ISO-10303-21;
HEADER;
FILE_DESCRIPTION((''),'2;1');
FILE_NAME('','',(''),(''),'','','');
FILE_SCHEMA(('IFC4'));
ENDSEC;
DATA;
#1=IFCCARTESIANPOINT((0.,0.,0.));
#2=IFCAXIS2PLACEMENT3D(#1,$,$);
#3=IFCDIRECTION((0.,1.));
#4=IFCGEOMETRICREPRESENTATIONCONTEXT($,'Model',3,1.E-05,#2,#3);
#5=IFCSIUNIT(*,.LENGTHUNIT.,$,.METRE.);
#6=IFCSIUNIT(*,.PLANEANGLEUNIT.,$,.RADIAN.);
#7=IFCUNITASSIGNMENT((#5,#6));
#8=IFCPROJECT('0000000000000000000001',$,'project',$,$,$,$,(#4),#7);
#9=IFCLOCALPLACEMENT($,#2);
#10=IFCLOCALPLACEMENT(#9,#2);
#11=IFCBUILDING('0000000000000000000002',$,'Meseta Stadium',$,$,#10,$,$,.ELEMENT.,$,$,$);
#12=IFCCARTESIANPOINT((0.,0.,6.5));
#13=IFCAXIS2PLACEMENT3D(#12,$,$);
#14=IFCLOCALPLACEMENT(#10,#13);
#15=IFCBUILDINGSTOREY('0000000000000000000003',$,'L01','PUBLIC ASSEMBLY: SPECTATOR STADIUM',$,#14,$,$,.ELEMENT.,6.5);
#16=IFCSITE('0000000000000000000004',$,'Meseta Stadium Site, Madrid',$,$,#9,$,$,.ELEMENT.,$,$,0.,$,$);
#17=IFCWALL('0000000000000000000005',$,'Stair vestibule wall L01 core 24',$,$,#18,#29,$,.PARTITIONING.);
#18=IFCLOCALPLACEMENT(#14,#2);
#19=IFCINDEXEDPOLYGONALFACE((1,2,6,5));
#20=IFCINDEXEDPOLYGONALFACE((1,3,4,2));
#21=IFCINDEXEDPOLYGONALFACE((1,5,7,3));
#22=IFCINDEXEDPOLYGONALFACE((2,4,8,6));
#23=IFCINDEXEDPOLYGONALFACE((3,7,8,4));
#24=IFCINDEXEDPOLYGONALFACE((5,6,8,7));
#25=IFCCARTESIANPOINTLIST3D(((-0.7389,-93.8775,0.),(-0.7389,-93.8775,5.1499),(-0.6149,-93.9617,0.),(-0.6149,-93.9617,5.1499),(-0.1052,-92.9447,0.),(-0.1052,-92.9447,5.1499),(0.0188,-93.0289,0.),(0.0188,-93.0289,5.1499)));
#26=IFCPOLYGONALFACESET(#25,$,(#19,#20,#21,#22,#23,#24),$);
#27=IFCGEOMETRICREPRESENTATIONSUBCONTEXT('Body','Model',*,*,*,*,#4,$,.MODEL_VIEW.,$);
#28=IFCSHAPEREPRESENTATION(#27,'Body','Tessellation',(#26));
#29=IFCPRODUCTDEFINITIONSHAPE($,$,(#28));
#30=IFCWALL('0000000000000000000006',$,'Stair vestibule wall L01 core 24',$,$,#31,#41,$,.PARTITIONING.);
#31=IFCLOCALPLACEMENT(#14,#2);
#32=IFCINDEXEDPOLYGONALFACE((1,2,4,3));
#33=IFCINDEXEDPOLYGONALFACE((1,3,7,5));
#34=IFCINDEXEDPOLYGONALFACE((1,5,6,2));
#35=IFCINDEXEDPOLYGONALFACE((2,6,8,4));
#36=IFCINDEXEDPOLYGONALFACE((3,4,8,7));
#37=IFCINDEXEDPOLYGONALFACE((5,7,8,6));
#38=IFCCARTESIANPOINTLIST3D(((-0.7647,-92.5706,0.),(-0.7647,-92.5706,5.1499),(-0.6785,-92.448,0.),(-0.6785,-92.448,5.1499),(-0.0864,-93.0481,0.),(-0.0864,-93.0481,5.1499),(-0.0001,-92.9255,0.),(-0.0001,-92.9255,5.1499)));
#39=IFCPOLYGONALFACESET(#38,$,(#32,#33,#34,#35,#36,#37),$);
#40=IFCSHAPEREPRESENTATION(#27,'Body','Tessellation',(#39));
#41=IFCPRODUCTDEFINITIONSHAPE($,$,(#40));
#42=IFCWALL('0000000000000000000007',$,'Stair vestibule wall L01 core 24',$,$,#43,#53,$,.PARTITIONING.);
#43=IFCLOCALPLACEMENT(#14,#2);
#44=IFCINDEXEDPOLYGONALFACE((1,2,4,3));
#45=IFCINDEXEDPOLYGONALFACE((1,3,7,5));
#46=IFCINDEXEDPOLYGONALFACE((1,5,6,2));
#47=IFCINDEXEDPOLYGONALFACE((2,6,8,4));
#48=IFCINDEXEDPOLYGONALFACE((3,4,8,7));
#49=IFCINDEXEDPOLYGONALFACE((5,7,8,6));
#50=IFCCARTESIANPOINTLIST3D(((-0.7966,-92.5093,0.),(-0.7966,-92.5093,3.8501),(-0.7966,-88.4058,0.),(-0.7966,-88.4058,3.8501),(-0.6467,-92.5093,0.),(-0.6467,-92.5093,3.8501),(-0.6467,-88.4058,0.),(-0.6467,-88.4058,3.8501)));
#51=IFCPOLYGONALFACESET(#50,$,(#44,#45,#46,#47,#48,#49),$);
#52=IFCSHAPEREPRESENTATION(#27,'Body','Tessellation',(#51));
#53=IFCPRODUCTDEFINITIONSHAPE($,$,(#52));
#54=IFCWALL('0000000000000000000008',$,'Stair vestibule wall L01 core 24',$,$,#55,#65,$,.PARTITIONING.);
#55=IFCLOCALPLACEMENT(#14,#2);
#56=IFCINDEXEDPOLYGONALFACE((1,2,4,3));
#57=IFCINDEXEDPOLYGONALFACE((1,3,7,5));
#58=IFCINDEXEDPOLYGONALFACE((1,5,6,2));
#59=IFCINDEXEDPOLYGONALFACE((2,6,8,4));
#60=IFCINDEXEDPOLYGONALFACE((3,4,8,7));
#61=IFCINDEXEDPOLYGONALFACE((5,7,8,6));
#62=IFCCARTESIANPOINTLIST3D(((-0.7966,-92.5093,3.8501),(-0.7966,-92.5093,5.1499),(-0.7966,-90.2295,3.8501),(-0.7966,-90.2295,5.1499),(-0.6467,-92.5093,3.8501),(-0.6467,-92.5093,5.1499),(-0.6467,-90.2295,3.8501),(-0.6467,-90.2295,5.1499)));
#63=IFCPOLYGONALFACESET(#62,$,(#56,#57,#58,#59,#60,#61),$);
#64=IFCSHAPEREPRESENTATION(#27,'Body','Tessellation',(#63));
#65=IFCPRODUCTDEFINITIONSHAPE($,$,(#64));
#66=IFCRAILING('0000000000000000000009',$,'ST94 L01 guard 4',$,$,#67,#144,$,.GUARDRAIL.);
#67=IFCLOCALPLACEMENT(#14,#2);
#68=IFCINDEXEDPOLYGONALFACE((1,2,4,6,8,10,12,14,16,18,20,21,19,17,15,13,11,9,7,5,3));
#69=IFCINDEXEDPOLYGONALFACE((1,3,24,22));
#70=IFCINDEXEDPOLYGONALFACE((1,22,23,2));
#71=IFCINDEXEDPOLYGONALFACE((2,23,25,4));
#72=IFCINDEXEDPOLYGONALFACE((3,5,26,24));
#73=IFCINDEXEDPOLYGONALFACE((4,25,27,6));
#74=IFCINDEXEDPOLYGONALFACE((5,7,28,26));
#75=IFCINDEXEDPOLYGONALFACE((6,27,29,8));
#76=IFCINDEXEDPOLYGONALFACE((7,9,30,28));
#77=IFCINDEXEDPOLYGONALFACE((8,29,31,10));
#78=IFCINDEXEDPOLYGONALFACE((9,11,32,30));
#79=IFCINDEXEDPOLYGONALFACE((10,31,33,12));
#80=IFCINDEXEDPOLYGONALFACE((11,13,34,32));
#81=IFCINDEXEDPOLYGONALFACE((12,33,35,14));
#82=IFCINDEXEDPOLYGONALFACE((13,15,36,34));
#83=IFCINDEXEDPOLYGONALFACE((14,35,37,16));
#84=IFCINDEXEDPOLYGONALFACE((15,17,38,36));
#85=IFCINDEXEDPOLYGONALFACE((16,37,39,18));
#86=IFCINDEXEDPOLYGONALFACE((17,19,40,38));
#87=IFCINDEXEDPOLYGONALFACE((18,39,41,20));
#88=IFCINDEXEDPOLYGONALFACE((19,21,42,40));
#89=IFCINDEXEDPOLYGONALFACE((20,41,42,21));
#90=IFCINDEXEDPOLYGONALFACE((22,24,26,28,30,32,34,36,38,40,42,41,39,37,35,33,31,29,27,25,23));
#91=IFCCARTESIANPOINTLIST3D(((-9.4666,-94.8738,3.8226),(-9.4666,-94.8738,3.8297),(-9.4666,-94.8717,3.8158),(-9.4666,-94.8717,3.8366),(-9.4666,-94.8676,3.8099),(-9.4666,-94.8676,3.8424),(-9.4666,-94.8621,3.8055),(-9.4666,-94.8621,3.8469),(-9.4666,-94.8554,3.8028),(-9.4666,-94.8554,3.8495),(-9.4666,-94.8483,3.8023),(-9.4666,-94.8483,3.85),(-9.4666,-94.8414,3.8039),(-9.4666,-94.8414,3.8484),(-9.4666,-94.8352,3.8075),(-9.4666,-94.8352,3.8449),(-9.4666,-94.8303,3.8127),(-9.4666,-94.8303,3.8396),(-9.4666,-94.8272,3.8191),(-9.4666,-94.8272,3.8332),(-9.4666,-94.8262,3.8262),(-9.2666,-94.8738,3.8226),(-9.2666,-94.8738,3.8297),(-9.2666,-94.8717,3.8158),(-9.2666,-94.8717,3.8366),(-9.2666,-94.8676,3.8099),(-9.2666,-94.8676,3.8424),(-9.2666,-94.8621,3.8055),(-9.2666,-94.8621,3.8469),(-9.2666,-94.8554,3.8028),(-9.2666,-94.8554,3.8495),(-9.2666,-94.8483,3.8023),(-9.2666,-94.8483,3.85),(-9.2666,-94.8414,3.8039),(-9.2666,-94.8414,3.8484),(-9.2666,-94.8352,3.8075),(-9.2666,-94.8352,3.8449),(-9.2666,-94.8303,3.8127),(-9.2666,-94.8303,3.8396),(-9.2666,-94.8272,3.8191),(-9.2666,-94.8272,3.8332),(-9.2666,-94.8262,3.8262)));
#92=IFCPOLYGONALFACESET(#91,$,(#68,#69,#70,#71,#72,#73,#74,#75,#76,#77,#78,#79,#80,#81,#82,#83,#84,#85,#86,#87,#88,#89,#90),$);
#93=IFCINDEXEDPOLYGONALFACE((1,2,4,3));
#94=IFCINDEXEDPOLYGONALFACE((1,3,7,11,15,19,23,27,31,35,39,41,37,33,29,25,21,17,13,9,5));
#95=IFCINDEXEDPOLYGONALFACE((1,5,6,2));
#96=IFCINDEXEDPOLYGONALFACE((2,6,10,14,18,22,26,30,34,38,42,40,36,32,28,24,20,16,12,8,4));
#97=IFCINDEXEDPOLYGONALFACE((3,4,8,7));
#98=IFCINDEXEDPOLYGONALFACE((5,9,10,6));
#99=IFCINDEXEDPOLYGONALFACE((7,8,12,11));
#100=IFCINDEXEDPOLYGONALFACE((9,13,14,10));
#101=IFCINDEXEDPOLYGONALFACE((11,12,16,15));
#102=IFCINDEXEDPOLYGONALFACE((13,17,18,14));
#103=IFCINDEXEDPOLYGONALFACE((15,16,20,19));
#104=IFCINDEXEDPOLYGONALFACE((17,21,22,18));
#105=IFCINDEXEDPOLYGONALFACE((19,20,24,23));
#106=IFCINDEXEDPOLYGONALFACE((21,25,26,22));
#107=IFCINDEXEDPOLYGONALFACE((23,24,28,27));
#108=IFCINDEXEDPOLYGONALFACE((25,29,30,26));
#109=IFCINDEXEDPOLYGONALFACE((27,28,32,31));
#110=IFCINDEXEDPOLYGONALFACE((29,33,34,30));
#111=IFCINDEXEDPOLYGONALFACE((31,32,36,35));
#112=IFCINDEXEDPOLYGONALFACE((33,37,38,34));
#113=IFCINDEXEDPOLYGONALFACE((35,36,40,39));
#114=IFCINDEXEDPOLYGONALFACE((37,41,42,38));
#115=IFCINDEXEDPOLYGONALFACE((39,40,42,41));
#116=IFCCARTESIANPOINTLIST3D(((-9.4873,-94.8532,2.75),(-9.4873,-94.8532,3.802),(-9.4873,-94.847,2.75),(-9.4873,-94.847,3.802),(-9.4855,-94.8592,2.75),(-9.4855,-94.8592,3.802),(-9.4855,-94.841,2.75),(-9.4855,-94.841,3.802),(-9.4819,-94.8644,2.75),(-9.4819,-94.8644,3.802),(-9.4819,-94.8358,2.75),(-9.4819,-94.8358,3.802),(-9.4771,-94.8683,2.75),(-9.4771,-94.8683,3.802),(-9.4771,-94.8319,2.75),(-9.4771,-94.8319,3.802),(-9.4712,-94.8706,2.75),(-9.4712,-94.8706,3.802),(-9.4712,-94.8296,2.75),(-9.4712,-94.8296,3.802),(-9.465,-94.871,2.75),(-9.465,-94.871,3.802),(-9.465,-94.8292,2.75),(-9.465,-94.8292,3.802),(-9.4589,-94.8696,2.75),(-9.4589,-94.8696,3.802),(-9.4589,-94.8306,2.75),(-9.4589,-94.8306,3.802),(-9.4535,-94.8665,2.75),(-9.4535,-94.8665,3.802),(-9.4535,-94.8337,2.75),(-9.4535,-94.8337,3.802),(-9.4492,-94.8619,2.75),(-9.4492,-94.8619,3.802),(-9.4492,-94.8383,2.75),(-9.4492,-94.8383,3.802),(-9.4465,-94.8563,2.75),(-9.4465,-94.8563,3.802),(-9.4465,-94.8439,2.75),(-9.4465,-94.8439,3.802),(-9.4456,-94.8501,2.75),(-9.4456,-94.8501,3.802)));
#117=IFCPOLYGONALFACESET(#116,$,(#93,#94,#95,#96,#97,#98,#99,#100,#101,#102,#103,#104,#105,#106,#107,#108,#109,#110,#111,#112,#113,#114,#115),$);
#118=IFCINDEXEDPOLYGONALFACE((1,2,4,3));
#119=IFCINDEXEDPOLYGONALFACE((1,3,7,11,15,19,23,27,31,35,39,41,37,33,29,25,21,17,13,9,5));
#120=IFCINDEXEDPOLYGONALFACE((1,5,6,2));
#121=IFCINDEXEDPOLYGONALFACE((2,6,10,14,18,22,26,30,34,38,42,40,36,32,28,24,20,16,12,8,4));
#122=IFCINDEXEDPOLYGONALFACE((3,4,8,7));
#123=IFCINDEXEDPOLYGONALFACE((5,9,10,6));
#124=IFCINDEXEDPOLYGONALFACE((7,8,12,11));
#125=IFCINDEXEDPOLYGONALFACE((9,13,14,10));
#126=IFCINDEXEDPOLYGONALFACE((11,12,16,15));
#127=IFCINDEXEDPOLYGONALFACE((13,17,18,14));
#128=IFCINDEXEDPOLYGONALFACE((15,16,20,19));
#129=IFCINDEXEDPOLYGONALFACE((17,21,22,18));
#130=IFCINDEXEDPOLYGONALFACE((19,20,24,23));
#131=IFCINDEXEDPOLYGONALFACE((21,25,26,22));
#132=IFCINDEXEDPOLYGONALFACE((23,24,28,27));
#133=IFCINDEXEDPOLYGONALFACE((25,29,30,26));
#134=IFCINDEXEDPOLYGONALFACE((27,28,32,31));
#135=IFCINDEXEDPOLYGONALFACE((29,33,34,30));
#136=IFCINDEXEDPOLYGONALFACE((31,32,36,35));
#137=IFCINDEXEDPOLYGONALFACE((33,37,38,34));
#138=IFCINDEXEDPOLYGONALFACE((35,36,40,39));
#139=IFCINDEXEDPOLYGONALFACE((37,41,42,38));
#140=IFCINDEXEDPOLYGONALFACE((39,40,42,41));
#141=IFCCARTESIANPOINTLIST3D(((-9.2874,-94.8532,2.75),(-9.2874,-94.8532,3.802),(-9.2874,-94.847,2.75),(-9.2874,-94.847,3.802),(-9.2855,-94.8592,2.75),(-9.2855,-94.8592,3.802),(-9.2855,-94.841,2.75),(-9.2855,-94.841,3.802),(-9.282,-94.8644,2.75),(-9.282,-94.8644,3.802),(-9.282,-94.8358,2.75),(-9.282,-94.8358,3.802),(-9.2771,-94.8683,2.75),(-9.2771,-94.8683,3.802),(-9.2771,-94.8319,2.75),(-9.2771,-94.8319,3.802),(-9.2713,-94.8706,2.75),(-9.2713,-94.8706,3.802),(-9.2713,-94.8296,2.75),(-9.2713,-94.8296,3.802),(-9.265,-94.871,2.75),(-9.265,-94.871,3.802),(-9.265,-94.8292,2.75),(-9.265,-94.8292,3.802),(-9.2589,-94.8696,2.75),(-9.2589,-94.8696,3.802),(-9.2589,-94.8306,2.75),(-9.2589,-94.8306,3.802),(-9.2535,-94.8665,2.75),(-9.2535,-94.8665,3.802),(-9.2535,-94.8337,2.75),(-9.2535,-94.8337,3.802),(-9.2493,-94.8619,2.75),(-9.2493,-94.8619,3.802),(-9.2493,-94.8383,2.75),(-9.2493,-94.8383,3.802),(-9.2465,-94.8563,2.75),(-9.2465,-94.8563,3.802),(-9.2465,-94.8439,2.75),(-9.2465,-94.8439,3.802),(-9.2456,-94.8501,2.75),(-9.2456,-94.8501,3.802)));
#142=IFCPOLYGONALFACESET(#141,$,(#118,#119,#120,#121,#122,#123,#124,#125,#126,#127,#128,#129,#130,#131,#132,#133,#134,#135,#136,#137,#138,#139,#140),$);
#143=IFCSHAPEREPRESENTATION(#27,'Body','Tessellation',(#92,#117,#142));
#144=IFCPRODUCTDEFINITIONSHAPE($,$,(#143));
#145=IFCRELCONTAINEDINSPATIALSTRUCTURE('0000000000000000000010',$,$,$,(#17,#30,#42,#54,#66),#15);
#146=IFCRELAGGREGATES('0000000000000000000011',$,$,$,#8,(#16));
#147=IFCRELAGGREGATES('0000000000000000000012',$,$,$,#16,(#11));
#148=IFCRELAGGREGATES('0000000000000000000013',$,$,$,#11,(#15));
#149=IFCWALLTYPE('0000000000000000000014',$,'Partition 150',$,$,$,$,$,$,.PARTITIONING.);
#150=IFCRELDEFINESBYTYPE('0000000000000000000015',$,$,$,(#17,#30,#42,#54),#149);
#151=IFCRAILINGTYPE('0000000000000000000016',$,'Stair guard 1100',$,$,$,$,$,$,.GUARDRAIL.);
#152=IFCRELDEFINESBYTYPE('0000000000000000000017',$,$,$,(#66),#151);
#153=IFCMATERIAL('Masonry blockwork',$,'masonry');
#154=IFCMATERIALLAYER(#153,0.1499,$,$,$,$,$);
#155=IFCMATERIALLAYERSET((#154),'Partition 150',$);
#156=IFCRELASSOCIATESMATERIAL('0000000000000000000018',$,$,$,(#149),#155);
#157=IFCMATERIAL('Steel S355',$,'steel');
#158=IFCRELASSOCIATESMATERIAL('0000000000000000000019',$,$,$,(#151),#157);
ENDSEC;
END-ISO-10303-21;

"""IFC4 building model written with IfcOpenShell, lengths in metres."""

from ifc_helpers import new_model, si_unit, direction, frame, frame_2d, origin, origin_2d, place, context, subcontext, project, spatial, rectangle, circle, extrude, material, layer, layer_set, type_object, element, save


model = new_model("IFC4")

# Units and contexts
model_context = context("Model", 3, precision=1e-05, world=origin(), true_north=direction((0.0, 1.0)))
body_context = subcontext(model_context, "Body", "Model", "MODEL_VIEW")
ifc_project = project(units=[si_unit("LENGTHUNIT", "METRE"), si_unit("PLANEANGLEUNIT", "RADIAN")], contexts=[model_context])

# Site, building, storey
site_placement = place(None, origin())
site = spatial("IfcSite", under=ifc_project, at=site_placement, Name="Meseta Stadium Site, Madrid", CompositionType="ELEMENT", RefElevation=0.0)
building_placement = place(site_placement, origin())
building = spatial("IfcBuilding", under=site, at=building_placement, Name="Meseta Stadium", CompositionType="ELEMENT")
storey_placement = place(building_placement, frame((0.0, 0.0, 6.5)))
storey = spatial("IfcBuildingStorey", under=building, at=storey_placement, Name="L01", Description="PUBLIC ASSEMBLY: SPECTATOR STADIUM", CompositionType="ELEMENT", Elevation=6.5)

# Walls
ifc_material_1 = material(Name="Masonry blockwork", Category="masonry")
ifc_layer_1 = layer(ifc_material_1, 0.1499)
ifc_layer_set_1 = layer_set([ifc_layer_1], Name="Partition 150")
wall_type_1 = type_object("IfcWallType", Name="Partition 150", PredefinedType="PARTITIONING", material=ifc_layer_set_1)
wall_1_placement = place(storey_placement, frame((-0.677, -93.9197, 0.0), z_axis=(0.0, 0.0, 1.0), x_axis=(0.561972, 0.827156, 0.0)))
element("IfcWall", 1, at=wall_1_placement, inside=storey, type_object=wall_type_1, Name="Stair vestibule wall L01 core 24", PredefinedType="PARTITIONING", context=body_context, shape_type="SweptSolid", body=[
    extrude(rectangle(XDim=1.1277, YDim=0.1499, at=frame_2d((0.564, 0.0))), origin(), (0.0, 0.0, 1.0), 5.1499),
])
wall_2_placement = place(storey_placement, frame((-0.0432, -92.9868, 0.0), z_axis=(0.0, 0.0, 1.0), x_axis=(-0.81775, 0.575574, 0.0)))
element("IfcWall", 2, at=wall_2_placement, inside=storey, type_object=wall_type_1, Name="Stair vestibule wall L01 core 24", PredefinedType="PARTITIONING", context=body_context, shape_type="SweptSolid", body=[
    extrude(rectangle(XDim=0.8296, YDim=0.1499, at=frame_2d((0.4148, 0.0))), origin(), (0.0, 0.0, 1.0), 5.1499),
])
wall_3_placement = place(storey_placement, frame((-0.7217, -92.5093, 0.0), z_axis=(0.0, 0.0, 1.0), x_axis=(0.0, 1.0, 0.0)))
element("IfcWall", 3, at=wall_3_placement, inside=storey, type_object=wall_type_1, Name="Stair vestibule wall L01 core 24", PredefinedType="PARTITIONING", context=body_context, shape_type="SweptSolid", body=[
    extrude(rectangle(XDim=4.1035, YDim=0.1499, at=frame_2d((2.0518, 0.0))), origin(), (0.0, 0.0, 1.0), 3.8501),
])
wall_4_placement = place(storey_placement, frame((-0.7217, -92.5093, 3.8501), z_axis=(0.0, 0.0, 1.0), x_axis=(0.0, 1.0, 0.0)))
element("IfcWall", 4, at=wall_4_placement, inside=storey, type_object=wall_type_1, Name="Stair vestibule wall L01 core 24", PredefinedType="PARTITIONING", context=body_context, shape_type="SweptSolid", body=[
    extrude(rectangle(XDim=2.2798, YDim=0.1499, at=frame_2d((1.1399, 0.0))), origin(), (0.0, 0.0, 1.0), 1.2998),
])

# Railing
ifc_material_2 = material(Name="Steel S355", Category="steel")
railing_type = type_object("IfcRailingType", Name="Stair guard 1100", PredefinedType="GUARDRAIL", material=ifc_material_2)
for number, where, name in (
    (5, (-9.4666, -94.8501, 2.75), "ST94 L01 guard 4"),
):
    element("IfcRailing", number, at=place(storey_placement, frame(where)), inside=storey, type_object=railing_type, Name=name, PredefinedType="GUARDRAIL", context=body_context, shape_type="SweptSolid", body=[
        extrude(circle(Radius=0.0239, at=origin_2d()), frame((0.0, 0.0, 1.0762), z_axis=(1.0, 0.0, 0.0), x_axis=(0.0, 1.0, 0.0)), (0.0, 0.0, 1.0), 0.2),
        extrude(circle(Radius=0.021, at=origin_2d()), origin(), (0.0, 0.0, 1.0), 1.052),
        extrude(circle(Radius=0.021, at=origin_2d()), frame((0.2, 0.0, 0.0)), (0.0, 0.0, 1.0), 1.052),
    ])

save(model, "model.ifc")
